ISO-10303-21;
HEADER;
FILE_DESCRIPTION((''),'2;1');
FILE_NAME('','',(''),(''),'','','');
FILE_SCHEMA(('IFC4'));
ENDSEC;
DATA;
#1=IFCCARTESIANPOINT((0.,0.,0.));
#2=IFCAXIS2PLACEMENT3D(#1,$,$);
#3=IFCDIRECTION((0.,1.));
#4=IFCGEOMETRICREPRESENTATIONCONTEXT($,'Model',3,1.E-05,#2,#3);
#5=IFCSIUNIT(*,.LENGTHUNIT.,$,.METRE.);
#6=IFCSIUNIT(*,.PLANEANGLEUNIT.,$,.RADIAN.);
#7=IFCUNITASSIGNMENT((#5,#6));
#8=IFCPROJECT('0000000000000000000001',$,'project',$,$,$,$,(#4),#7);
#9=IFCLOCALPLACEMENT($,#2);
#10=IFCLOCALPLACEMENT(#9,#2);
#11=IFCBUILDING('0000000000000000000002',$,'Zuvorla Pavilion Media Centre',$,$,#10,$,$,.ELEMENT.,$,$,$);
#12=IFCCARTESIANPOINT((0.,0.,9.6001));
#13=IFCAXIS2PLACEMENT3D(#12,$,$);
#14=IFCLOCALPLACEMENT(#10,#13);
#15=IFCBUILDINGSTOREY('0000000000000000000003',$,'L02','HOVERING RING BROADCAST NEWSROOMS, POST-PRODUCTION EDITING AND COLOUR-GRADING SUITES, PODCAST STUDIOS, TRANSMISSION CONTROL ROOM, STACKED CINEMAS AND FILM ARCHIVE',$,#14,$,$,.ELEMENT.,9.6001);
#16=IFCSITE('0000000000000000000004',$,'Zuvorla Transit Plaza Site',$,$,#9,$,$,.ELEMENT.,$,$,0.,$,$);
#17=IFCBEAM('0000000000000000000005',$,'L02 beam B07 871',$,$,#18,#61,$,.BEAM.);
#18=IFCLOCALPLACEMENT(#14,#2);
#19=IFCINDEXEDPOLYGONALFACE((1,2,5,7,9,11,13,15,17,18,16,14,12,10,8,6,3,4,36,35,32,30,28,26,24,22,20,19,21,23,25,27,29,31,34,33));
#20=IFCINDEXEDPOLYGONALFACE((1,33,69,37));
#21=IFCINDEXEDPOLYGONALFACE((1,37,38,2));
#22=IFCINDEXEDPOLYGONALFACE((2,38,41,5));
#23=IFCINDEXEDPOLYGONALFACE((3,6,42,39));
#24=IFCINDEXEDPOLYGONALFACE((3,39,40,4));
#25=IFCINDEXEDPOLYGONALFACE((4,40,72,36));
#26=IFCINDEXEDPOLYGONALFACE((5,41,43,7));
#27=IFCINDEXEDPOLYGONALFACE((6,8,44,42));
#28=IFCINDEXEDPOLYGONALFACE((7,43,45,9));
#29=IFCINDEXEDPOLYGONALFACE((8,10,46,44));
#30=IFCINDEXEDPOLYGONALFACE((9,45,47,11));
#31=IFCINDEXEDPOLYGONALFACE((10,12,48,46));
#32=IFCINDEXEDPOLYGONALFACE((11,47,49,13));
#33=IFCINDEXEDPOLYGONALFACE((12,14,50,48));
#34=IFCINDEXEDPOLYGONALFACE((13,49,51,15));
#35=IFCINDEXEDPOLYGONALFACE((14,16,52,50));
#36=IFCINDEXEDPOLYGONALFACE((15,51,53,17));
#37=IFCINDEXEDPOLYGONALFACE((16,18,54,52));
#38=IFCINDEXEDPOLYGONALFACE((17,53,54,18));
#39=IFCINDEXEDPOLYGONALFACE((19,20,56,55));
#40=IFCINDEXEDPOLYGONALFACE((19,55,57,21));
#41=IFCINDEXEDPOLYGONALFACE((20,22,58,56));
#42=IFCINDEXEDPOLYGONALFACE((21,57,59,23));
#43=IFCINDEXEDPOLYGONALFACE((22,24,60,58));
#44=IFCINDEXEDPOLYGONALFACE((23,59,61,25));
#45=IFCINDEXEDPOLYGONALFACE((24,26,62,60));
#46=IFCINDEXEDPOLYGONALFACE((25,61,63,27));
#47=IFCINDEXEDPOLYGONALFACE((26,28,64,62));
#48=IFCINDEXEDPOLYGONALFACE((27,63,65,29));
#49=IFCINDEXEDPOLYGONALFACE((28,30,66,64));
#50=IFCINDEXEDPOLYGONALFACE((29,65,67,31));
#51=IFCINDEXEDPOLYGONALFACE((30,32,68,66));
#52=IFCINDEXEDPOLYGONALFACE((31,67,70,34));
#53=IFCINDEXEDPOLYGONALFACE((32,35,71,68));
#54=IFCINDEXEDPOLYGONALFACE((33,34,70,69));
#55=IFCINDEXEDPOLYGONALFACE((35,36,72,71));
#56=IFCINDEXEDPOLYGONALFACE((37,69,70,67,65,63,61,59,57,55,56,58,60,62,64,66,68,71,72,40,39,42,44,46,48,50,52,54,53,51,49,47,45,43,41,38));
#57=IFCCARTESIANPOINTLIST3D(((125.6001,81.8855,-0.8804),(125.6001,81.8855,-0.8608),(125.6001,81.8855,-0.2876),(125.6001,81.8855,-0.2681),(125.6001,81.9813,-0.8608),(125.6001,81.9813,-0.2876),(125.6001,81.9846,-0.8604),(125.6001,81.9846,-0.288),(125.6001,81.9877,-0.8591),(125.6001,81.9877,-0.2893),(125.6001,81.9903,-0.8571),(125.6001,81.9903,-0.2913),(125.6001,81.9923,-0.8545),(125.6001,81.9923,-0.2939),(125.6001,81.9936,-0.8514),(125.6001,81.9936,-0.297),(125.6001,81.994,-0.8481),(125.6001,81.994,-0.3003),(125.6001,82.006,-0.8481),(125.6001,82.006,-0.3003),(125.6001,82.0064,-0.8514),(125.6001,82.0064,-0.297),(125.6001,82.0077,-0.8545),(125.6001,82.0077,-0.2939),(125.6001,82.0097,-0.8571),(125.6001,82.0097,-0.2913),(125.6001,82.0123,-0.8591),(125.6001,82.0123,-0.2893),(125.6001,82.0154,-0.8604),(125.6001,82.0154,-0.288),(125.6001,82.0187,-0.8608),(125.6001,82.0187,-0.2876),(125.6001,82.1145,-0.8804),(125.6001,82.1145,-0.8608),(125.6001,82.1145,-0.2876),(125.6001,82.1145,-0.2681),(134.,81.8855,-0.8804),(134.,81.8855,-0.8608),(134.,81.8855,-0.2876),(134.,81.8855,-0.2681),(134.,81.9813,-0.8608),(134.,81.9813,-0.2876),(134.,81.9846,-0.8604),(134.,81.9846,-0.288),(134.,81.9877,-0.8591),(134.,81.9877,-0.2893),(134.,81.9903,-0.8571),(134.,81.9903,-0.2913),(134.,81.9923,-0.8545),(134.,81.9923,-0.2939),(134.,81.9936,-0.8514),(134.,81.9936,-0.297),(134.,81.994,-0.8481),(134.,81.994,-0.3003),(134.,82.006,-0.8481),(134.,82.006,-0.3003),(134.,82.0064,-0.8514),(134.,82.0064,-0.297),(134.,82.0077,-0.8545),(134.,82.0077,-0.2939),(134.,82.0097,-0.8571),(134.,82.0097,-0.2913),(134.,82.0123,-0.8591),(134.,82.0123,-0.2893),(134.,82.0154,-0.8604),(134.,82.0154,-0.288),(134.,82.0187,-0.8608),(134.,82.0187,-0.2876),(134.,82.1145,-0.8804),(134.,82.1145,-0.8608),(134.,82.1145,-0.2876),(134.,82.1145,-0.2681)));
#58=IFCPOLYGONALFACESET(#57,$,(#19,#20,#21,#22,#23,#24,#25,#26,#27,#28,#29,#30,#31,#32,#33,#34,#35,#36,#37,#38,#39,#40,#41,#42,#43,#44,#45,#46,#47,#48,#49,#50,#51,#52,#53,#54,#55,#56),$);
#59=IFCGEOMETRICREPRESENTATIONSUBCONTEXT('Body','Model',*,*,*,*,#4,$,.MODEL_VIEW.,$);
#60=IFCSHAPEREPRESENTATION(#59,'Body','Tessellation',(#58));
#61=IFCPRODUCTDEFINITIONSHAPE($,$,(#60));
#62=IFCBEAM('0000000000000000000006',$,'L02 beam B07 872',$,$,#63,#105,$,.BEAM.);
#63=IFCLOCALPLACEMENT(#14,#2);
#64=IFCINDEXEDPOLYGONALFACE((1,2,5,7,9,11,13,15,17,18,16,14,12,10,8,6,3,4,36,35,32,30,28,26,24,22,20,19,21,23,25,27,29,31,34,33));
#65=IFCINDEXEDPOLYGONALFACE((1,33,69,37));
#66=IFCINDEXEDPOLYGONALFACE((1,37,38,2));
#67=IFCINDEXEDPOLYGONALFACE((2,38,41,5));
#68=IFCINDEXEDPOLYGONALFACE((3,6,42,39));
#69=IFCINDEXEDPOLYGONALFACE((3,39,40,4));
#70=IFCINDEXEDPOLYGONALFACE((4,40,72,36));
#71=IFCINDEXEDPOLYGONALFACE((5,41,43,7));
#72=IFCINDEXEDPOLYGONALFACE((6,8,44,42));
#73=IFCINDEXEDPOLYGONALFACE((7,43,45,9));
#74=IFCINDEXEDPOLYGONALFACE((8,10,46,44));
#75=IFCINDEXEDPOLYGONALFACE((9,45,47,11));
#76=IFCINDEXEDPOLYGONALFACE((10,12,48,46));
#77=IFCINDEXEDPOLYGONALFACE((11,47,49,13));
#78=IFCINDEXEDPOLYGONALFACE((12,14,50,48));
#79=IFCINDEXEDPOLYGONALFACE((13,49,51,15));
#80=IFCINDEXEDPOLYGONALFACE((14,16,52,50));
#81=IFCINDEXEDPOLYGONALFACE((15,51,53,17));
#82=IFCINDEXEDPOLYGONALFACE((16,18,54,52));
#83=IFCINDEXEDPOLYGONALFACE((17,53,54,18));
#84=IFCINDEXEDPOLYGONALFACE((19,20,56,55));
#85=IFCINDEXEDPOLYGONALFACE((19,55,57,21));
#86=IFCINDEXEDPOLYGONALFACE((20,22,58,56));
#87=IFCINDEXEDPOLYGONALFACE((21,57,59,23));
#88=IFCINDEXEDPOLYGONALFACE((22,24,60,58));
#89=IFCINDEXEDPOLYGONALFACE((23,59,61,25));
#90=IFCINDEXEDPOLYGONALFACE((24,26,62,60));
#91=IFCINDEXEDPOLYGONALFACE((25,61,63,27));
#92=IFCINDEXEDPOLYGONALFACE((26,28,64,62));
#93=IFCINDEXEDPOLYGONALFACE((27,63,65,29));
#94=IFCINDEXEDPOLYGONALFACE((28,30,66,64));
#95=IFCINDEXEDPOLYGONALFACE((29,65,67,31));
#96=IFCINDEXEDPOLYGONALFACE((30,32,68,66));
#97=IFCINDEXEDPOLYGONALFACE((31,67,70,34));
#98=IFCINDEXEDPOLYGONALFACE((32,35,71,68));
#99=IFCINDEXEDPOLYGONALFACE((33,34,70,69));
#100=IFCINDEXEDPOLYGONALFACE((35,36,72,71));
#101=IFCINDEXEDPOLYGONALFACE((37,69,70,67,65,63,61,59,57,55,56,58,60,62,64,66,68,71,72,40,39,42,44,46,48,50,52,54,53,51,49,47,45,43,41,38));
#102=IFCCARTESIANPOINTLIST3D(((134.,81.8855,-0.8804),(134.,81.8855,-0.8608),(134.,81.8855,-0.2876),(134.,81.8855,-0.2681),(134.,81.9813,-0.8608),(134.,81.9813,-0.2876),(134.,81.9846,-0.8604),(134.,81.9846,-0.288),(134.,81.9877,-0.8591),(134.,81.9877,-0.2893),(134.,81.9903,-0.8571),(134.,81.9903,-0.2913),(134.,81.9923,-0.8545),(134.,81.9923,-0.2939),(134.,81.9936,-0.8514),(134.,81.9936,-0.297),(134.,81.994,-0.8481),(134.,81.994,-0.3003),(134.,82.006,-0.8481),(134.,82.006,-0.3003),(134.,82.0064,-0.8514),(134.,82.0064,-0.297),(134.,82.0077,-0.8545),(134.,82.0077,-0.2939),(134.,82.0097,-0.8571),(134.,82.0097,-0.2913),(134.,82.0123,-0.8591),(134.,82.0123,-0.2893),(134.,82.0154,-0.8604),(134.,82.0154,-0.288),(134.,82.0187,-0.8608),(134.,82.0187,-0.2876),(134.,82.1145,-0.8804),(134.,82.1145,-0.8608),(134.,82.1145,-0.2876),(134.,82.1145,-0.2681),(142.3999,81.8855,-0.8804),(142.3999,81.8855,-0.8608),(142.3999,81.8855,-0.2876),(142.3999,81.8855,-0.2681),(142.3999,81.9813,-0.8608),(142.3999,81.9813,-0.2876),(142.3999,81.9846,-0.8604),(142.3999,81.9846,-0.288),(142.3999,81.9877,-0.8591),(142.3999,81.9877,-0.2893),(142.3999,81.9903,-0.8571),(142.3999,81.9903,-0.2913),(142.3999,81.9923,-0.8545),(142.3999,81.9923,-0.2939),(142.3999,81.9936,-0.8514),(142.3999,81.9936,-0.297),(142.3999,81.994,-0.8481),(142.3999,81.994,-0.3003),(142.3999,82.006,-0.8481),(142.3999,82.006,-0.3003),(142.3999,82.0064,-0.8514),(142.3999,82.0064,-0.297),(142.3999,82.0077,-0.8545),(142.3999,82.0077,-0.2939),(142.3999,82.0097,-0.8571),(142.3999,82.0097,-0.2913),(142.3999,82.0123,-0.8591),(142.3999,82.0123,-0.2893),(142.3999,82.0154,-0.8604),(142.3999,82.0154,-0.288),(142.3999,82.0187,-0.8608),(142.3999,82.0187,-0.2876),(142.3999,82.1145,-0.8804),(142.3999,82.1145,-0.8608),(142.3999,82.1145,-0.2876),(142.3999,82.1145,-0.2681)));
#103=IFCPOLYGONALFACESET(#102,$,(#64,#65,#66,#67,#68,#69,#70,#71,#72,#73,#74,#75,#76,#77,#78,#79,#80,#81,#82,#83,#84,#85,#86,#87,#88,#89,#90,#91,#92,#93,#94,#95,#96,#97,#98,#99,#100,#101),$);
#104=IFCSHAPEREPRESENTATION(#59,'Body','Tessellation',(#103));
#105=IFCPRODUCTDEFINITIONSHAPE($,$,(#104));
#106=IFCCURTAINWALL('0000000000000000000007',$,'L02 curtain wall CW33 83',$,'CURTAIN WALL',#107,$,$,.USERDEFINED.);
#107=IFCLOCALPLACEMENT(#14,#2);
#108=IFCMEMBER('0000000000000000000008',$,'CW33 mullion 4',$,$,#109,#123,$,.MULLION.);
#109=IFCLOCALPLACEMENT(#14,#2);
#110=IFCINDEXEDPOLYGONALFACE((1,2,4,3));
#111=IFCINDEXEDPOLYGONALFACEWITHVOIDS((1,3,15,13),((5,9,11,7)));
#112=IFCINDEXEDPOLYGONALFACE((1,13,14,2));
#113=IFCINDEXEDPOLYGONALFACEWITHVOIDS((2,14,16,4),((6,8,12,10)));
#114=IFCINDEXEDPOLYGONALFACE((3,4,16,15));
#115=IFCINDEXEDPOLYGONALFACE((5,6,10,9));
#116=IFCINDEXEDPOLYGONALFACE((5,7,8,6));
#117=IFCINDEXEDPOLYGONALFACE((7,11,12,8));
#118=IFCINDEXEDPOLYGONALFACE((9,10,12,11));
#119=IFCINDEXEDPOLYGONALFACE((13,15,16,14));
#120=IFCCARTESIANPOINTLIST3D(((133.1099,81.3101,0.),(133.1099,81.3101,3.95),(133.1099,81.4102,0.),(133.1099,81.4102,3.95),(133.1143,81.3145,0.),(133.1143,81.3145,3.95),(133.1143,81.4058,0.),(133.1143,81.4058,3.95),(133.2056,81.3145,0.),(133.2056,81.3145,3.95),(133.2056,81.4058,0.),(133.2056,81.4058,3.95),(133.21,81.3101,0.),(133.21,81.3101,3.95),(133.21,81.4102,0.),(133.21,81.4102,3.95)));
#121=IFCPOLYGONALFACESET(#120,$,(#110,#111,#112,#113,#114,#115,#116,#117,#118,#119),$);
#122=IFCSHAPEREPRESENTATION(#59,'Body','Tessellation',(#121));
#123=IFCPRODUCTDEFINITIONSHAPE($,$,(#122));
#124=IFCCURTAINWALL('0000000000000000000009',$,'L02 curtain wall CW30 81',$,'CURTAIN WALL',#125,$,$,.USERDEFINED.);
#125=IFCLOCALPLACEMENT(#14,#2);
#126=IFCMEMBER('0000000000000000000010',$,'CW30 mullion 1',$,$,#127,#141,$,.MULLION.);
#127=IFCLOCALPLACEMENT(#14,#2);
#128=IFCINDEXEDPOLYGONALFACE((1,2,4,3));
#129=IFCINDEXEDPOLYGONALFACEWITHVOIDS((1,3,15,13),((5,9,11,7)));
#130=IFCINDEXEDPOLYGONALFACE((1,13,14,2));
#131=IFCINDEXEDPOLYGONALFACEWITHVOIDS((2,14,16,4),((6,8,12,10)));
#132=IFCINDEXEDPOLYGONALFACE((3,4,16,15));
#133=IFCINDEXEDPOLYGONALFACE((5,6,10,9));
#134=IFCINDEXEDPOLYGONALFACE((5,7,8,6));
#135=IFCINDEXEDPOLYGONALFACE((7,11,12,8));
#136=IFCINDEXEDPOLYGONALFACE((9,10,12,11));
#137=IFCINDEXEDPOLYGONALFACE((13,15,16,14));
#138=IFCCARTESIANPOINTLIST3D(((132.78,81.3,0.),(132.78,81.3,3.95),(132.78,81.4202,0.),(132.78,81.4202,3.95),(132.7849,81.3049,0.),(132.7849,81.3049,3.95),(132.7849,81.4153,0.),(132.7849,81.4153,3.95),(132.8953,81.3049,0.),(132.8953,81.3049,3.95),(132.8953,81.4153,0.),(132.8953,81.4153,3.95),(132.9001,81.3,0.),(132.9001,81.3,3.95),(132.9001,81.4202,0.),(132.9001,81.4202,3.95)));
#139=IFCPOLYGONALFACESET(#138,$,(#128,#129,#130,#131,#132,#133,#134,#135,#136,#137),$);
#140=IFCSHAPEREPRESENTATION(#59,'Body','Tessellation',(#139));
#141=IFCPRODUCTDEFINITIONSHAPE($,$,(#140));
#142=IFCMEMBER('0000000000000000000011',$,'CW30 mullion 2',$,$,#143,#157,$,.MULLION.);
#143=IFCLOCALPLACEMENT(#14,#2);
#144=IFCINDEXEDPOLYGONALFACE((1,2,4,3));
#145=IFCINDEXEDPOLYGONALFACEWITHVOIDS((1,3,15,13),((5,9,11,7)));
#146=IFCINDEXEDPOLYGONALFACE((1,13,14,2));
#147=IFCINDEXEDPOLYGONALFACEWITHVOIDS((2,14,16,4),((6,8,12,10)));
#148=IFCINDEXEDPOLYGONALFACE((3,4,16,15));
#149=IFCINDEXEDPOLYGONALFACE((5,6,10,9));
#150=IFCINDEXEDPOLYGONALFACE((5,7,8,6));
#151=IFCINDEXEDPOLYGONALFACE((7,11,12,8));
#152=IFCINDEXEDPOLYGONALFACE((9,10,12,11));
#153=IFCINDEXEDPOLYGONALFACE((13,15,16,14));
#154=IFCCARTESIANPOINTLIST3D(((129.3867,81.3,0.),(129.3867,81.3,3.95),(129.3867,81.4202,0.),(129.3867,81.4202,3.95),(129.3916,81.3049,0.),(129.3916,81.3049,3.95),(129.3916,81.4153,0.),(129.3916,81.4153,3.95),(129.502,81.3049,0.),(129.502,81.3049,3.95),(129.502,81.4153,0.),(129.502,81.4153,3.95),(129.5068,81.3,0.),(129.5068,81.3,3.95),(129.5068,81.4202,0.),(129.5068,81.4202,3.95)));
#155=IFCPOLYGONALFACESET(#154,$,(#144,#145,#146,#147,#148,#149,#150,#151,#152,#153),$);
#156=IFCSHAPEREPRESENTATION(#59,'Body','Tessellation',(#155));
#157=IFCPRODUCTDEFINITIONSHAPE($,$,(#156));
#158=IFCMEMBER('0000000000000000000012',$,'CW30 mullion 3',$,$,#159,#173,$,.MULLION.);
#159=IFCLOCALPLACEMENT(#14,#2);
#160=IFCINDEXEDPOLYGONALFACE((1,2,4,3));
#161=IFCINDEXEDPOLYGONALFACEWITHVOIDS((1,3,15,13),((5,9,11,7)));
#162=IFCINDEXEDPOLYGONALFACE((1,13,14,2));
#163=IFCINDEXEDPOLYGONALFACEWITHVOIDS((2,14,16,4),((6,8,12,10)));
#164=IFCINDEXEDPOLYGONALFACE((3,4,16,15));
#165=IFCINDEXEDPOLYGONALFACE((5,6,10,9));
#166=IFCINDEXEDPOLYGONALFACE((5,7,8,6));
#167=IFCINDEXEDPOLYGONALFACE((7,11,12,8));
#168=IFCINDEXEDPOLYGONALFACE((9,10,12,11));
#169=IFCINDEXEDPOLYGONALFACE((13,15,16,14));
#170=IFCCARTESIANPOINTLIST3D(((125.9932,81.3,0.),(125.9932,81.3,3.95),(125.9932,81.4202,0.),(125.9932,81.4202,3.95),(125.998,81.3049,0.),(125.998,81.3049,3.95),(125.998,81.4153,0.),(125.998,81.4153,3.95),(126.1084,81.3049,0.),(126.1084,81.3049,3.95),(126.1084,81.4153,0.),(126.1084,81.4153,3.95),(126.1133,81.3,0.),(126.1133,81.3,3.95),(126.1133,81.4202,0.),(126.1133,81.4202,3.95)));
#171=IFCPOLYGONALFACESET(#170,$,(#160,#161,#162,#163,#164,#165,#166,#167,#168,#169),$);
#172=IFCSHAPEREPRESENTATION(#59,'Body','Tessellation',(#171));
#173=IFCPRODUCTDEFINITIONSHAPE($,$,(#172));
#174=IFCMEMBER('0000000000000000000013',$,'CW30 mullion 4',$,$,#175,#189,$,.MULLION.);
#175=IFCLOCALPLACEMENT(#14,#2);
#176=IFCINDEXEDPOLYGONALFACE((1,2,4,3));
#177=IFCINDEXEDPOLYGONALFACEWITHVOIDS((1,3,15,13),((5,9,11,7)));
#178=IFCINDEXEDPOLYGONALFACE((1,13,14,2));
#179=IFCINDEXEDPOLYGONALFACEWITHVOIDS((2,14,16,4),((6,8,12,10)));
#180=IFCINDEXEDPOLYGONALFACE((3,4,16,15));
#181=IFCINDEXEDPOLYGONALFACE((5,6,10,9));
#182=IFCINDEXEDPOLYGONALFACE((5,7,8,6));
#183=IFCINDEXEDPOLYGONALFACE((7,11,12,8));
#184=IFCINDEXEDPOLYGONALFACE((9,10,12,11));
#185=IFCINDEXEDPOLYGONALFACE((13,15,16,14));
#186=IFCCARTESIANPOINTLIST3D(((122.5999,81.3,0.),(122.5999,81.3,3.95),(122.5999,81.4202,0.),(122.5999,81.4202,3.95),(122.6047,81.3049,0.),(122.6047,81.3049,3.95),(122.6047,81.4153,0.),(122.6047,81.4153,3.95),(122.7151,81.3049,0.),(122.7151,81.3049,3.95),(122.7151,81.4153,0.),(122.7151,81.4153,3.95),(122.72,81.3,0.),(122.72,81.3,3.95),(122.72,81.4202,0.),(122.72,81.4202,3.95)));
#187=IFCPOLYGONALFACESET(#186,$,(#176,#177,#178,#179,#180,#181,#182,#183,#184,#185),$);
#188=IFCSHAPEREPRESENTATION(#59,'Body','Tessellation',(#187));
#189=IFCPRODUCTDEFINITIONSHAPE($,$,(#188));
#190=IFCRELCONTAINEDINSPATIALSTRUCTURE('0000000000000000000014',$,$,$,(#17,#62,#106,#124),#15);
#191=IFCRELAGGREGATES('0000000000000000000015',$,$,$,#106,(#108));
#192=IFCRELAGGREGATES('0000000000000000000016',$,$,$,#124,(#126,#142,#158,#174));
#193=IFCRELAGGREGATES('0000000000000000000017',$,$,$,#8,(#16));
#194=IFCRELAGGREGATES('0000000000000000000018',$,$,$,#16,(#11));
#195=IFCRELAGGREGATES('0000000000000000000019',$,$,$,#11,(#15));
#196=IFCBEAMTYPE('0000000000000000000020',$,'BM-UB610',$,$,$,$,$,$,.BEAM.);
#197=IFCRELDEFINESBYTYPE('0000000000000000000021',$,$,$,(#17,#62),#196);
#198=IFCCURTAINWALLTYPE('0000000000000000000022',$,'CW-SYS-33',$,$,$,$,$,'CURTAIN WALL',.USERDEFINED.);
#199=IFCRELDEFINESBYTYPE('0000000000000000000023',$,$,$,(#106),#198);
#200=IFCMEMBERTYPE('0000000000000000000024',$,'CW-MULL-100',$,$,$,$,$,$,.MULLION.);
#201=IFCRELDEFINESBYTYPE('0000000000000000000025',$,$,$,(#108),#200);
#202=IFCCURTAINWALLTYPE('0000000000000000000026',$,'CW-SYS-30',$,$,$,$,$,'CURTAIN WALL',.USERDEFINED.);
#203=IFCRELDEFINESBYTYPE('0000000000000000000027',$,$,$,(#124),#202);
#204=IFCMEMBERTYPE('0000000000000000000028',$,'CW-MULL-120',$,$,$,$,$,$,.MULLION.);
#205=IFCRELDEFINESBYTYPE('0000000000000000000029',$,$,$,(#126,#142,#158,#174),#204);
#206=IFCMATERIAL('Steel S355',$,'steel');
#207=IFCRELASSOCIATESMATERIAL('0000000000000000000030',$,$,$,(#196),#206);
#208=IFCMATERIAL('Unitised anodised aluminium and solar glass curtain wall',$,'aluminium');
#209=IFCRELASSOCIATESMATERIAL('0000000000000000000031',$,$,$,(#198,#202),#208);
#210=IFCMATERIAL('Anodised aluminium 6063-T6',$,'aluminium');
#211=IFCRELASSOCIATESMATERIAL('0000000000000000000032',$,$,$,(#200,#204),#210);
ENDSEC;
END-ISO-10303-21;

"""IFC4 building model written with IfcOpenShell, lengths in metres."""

from ifc_helpers import new_model, si_unit, direction, frame, origin, origin_2d, place, context, subcontext, project, spatial, hollow_rectangle, i_section, extrude, material, material_profile, profile_set, type_object, element, aggregate, save


model = new_model("IFC4")

# Units and contexts
model_context = context("Model", 3, precision=1e-05, world=origin(), true_north=direction((0.0, 1.0)))
body_context = subcontext(model_context, "Body", "Model", "MODEL_VIEW")
ifc_project = project(units=[si_unit("LENGTHUNIT", "METRE"), si_unit("PLANEANGLEUNIT", "RADIAN")], contexts=[model_context])

# Site, building, storey
site_placement = place(None, origin())
site = spatial("IfcSite", under=ifc_project, at=site_placement, Name="Zuvorla Transit Plaza Site", CompositionType="ELEMENT", RefElevation=0.0)
building_placement = place(site_placement, origin())
building = spatial("IfcBuilding", under=site, at=building_placement, Name="Zuvorla Pavilion Media Centre", CompositionType="ELEMENT")
storey_placement = place(building_placement, frame((0.0, 0.0, 9.6001)))
storey = spatial("IfcBuildingStorey", under=building, at=storey_placement, Name="L02", Description="HOVERING RING BROADCAST NEWSROOMS, POST-PRODUCTION EDITING AND COLOUR-GRADING SUITES, PODCAST STUDIOS, TRANSMISSION CONTROL ROOM, STACKED CINEMAS AND FILM ARCHIVE", CompositionType="ELEMENT", Elevation=9.6001)

# Shared definitions
ifc_material_1 = material(Name="Steel S355", Category="steel")

# Beams
ifc_material_profile_1 = material_profile(ifc_material_1, i_section(OverallWidth=0.229, OverallDepth=0.6123, WebThickness=0.012, FlangeThickness=0.0195, FilletRadius=0.0127, at=origin_2d()), Name="UB 610x229x125")
ifc_profile_set_1 = profile_set([ifc_material_profile_1], Name="Steel S355")
beam_type_1 = type_object("IfcBeamType", Name="BM-UB610", PredefinedType="BEAM", material=ifc_profile_set_1)
for number, where, z_axis, x_axis, name in (
    (1, (125.6001, 82.0, -0.5742), (1.0, 0.0, 0.0), (0.0, 1.0, 0.0), "L02 beam B07 871"),
    (2, (134.0, 82.0, -0.5742), (1.0, 0.0, 0.0), (0.0, 1.0, 0.0), "L02 beam B07 872"),
):
    element("IfcBeam", number, at=place(storey_placement, frame(where, z_axis=z_axis, x_axis=x_axis)), inside=storey, type_object=beam_type_1, Name=name, PredefinedType="BEAM", context=body_context, shape_type="SweptSolid", body=[
        extrude(i_section(OverallWidth=0.229, OverallDepth=0.6123, WebThickness=0.012, FlangeThickness=0.0195, FilletRadius=0.0127, at=origin_2d()), origin(), (0.0, 0.0, 1.0), 8.3999),
    ])

# Curtain wall, member
ifc_material_2 = material(Name="Unitised anodised aluminium and solar glass curtain wall", Category="aluminium")
curtain_wall_type_1 = type_object("IfcCurtainWallType", Name="CW-SYS-33", ElementType="CURTAIN WALL", PredefinedType="USERDEFINED", material=ifc_material_2)
curtain_wall_1_placement = place(storey_placement, origin())
curtain_wall_1 = element("IfcCurtainWall", 3, at=curtain_wall_1_placement, inside=storey, type_object=curtain_wall_type_1, Name="L02 curtain wall CW33 83", ObjectType="CURTAIN WALL", PredefinedType="USERDEFINED")
ifc_material_3 = material(Name="Anodised aluminium 6063-T6", Category="aluminium")
ifc_material_profile_2 = material_profile(ifc_material_3, hollow_rectangle(XDim=0.1001, YDim=0.1001, WallThickness=0.0044, at=origin_2d()), Name="ALU MULL 100x100")
ifc_profile_set_2 = profile_set([ifc_material_profile_2], Name="Anodised aluminium 6063-T6")
member_type_1 = type_object("IfcMemberType", Name="CW-MULL-100", PredefinedType="MULLION", material=ifc_profile_set_2)
member_1_placement = place(storey_placement, frame((133.1599, 81.3601, 0.0), z_axis=(0.0, 0.0, 1.0), x_axis=(1.0, 0.0, 0.0)))
member_1 = element("IfcMember", 4, at=member_1_placement, type_object=member_type_1, Name="CW33 mullion 4", PredefinedType="MULLION", context=body_context, shape_type="SweptSolid", body=[
    extrude(hollow_rectangle(XDim=0.1001, YDim=0.1001, WallThickness=0.0044, at=origin_2d()), origin(), (0.0, 0.0, 1.0), 3.95),
])
aggregate(curtain_wall_1, [member_1])

# Curtain wall, members
curtain_wall_type_2 = type_object("IfcCurtainWallType", Name="CW-SYS-30", ElementType="CURTAIN WALL", PredefinedType="USERDEFINED", material=ifc_material_2)
curtain_wall_2_placement = place(storey_placement, origin())
curtain_wall_2 = element("IfcCurtainWall", 5, at=curtain_wall_2_placement, inside=storey, type_object=curtain_wall_type_2, Name="L02 curtain wall CW30 81", ObjectType="CURTAIN WALL", PredefinedType="USERDEFINED")
ifc_material_profile_3 = material_profile(ifc_material_3, hollow_rectangle(XDim=0.1201, YDim=0.1201, WallThickness=0.0049, at=origin_2d()), Name="ALU MULL 120x120")
ifc_profile_set_3 = profile_set([ifc_material_profile_3], Name="Anodised aluminium 6063-T6")
member_type_2 = type_object("IfcMemberType", Name="CW-MULL-120", PredefinedType="MULLION", material=ifc_profile_set_3)
member_2_placement = place(storey_placement, frame((132.8401, 81.3601, 0.0), z_axis=(0.0, 0.0, 1.0), x_axis=(1.0, 0.0, 0.0)))
member_2 = element("IfcMember", 6, at=member_2_placement, type_object=member_type_2, Name="CW30 mullion 1", PredefinedType="MULLION", context=body_context, shape_type="SweptSolid", body=[
    extrude(hollow_rectangle(XDim=0.1201, YDim=0.1201, WallThickness=0.0049, at=origin_2d()), origin(), (0.0, 0.0, 1.0), 3.95),
])
member_3_placement = place(storey_placement, frame((129.4468, 81.3601, 0.0), z_axis=(0.0, 0.0, 1.0), x_axis=(1.0, 0.0, 0.0)))
member_3 = element("IfcMember", 7, at=member_3_placement, type_object=member_type_2, Name="CW30 mullion 2", PredefinedType="MULLION", context=body_context, shape_type="SweptSolid", body=[
    extrude(hollow_rectangle(XDim=0.1201, YDim=0.1201, WallThickness=0.0049, at=origin_2d()), origin(), (0.0, 0.0, 1.0), 3.95),
])
member_4_placement = place(storey_placement, frame((126.0532, 81.3601, 0.0), z_axis=(0.0, 0.0, 1.0), x_axis=(1.0, 0.0, 0.0)))
member_4 = element("IfcMember", 8, at=member_4_placement, type_object=member_type_2, Name="CW30 mullion 3", PredefinedType="MULLION", context=body_context, shape_type="SweptSolid", body=[
    extrude(hollow_rectangle(XDim=0.1201, YDim=0.1201, WallThickness=0.0049, at=origin_2d()), origin(), (0.0, 0.0, 1.0), 3.95),
])
member_5_placement = place(storey_placement, frame((122.6599, 81.3601, 0.0), z_axis=(0.0, 0.0, 1.0), x_axis=(1.0, 0.0, 0.0)))
member_5 = element("IfcMember", 9, at=member_5_placement, type_object=member_type_2, Name="CW30 mullion 4", PredefinedType="MULLION", context=body_context, shape_type="SweptSolid", body=[
    extrude(hollow_rectangle(XDim=0.1201, YDim=0.1201, WallThickness=0.0049, at=origin_2d()), origin(), (0.0, 0.0, 1.0), 3.95),
])
aggregate(curtain_wall_2, [member_2, member_3, member_4, member_5])

save(model, "model.ifc")
